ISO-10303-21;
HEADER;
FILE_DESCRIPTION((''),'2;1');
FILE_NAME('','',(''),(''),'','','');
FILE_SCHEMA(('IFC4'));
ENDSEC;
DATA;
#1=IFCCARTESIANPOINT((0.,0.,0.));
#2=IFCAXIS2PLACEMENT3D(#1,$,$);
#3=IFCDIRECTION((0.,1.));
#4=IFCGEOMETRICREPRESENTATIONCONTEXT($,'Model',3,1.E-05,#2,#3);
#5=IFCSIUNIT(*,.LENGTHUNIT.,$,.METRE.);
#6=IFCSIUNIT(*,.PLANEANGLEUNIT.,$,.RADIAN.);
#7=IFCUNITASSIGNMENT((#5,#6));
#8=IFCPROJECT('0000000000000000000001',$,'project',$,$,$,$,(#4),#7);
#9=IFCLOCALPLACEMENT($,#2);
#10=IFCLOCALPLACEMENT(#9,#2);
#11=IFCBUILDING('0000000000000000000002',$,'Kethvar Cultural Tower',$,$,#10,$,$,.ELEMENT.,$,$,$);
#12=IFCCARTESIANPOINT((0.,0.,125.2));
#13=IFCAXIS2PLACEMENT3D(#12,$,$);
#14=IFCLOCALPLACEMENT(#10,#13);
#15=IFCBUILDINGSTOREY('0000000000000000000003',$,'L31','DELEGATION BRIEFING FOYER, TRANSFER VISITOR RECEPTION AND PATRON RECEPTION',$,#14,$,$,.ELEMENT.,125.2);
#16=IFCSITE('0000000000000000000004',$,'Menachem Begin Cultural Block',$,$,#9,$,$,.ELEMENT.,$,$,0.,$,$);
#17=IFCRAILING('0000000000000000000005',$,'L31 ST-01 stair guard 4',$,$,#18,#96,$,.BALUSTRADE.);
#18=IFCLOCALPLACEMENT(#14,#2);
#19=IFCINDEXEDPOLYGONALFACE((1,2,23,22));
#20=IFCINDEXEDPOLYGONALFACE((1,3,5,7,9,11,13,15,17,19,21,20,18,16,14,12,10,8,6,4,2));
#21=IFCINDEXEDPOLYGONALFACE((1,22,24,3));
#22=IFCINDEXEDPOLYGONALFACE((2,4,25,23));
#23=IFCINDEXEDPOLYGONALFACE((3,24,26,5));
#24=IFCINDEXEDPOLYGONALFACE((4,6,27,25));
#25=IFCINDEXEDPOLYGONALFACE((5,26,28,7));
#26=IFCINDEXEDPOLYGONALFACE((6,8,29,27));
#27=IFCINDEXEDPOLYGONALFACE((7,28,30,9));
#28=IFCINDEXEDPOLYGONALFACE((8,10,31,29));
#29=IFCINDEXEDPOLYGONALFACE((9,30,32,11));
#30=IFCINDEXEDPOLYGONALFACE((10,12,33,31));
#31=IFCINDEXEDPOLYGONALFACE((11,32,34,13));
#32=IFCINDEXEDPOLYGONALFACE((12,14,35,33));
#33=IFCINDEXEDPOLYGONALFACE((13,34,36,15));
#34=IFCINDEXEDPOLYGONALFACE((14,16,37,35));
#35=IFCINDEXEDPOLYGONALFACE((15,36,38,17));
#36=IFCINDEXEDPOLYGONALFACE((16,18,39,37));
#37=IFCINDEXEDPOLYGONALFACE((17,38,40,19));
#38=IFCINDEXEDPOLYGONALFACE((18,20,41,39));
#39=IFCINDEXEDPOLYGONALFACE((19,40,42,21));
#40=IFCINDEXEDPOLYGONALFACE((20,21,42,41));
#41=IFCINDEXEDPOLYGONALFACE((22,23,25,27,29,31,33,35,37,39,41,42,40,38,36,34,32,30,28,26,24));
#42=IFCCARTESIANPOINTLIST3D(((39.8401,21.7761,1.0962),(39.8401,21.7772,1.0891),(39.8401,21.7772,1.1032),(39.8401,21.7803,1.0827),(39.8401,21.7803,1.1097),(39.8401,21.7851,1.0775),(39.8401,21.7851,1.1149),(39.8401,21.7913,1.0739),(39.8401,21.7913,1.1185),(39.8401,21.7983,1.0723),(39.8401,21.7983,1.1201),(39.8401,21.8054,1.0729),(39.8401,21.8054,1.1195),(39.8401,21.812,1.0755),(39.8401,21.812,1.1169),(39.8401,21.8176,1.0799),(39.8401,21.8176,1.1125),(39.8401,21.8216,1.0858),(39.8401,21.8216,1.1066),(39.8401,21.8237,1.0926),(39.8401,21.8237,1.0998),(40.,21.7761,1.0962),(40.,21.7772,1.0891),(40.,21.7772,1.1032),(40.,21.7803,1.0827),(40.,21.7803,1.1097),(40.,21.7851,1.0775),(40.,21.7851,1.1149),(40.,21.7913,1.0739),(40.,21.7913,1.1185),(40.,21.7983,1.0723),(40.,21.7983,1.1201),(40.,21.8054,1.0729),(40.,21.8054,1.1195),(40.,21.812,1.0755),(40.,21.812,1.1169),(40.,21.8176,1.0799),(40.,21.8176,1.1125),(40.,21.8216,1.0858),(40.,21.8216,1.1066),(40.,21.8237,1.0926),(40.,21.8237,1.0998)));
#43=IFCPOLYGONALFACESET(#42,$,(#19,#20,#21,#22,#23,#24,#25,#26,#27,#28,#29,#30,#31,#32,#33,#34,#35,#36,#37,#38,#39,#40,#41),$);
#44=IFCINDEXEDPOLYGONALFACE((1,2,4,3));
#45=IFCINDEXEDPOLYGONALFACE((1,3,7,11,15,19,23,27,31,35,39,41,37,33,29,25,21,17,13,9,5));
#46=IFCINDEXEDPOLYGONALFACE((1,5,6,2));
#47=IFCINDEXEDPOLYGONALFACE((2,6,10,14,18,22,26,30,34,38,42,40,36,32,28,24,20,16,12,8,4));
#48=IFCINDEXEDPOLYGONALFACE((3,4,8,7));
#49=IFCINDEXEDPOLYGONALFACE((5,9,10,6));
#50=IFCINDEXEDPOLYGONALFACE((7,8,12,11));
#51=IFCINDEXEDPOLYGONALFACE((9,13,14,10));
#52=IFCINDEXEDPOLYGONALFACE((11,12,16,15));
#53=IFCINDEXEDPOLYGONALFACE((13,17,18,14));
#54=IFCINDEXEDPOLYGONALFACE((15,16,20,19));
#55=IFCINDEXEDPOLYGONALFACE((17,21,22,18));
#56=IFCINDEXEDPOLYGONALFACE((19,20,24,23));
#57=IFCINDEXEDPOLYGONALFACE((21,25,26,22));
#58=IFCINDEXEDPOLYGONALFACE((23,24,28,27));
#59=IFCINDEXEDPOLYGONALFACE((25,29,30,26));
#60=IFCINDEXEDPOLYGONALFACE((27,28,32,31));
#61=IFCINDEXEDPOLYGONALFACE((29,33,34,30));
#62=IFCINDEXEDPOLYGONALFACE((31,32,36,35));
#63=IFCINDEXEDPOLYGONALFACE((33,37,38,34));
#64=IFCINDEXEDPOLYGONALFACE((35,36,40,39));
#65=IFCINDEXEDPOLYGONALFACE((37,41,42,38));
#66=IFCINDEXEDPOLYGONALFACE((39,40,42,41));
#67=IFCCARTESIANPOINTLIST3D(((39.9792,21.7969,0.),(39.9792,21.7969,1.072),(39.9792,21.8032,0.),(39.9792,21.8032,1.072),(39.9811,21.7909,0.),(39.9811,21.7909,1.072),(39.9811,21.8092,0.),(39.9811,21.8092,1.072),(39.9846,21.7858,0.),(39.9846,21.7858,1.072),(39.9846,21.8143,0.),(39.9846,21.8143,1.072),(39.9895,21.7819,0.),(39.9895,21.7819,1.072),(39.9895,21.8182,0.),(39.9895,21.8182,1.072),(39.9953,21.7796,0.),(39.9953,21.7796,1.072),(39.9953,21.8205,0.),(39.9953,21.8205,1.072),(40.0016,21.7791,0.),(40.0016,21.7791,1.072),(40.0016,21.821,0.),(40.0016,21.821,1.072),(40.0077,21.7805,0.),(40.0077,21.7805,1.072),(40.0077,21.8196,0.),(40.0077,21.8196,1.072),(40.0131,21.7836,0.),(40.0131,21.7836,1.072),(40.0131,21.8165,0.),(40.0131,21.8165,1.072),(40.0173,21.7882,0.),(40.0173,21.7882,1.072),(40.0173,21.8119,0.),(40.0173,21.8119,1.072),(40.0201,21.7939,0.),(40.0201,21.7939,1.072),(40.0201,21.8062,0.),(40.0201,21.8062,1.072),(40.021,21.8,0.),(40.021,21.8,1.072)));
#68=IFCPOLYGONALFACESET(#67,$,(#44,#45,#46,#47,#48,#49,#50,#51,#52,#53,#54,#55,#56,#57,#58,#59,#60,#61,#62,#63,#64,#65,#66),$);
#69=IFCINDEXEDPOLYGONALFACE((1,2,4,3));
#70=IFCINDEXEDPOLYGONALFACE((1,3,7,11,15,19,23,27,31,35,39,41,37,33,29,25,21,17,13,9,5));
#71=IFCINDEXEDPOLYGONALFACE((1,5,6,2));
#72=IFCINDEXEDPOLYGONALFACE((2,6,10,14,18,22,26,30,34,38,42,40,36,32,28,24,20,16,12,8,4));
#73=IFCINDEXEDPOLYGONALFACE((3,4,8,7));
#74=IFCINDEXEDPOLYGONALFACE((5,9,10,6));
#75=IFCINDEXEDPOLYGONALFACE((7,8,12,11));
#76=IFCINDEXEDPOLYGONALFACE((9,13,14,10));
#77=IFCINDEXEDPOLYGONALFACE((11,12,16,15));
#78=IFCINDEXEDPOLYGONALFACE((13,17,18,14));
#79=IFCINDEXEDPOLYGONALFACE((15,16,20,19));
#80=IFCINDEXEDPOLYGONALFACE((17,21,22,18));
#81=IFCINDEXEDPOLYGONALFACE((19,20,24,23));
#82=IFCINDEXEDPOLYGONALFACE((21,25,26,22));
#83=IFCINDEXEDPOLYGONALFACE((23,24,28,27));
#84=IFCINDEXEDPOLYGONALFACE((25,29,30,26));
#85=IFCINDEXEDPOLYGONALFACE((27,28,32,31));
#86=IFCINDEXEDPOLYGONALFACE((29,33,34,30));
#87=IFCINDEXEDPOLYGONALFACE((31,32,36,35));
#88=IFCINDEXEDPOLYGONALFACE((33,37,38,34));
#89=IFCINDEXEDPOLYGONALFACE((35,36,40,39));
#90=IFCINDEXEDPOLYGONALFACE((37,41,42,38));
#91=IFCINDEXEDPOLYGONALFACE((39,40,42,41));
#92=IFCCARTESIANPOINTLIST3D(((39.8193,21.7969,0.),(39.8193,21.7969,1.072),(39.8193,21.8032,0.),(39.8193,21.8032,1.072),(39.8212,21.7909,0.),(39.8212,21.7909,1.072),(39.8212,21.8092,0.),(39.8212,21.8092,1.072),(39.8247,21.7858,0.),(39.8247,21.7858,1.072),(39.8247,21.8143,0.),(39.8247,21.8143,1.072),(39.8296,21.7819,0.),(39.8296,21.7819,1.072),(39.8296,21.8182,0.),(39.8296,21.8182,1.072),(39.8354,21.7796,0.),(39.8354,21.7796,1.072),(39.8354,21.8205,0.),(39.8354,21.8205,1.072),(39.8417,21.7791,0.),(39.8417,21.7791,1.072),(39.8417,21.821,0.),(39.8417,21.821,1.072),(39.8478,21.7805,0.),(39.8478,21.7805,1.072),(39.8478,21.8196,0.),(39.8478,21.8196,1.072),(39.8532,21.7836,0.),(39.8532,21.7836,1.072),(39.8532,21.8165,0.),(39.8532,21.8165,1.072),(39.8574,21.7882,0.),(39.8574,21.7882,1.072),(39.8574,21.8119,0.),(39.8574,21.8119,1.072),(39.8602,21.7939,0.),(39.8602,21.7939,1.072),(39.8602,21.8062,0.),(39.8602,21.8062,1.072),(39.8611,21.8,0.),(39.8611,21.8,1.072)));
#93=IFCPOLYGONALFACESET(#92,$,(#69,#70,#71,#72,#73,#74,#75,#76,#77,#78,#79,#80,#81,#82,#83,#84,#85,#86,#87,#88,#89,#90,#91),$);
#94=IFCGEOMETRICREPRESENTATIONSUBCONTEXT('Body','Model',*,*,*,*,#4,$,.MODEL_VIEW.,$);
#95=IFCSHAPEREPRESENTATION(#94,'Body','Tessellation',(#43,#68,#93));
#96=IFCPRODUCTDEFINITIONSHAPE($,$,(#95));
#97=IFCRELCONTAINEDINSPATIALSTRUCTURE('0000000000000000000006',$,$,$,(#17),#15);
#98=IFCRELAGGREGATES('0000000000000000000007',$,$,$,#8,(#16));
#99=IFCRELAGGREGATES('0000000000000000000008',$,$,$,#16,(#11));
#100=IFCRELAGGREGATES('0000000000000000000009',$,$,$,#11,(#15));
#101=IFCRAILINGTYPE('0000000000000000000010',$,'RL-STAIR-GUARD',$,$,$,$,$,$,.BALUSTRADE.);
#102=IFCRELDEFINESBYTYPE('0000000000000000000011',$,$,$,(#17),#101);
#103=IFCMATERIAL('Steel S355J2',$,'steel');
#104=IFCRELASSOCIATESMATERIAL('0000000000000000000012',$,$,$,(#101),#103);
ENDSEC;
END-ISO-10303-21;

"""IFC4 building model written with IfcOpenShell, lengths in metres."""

from ifc_helpers import new_model, si_unit, direction, frame, origin, origin_2d, place, context, subcontext, project, spatial, circle, extrude, material, type_object, element, save


model = new_model("IFC4")

# Units and contexts
model_context = context("Model", 3, precision=1e-05, world=origin(), true_north=direction((0.0, 1.0)))
body_context = subcontext(model_context, "Body", "Model", "MODEL_VIEW")
ifc_project = project(units=[si_unit("LENGTHUNIT", "METRE"), si_unit("PLANEANGLEUNIT", "RADIAN")], contexts=[model_context])

# Site, building, storey
site_placement = place(None, origin())
site = spatial("IfcSite", under=ifc_project, at=site_placement, Name="Menachem Begin Cultural Block", CompositionType="ELEMENT", RefElevation=0.0)
building_placement = place(site_placement, origin())
building = spatial("IfcBuilding", under=site, at=building_placement, Name="Kethvar Cultural Tower", CompositionType="ELEMENT")
storey_placement = place(building_placement, frame((0.0, 0.0, 125.2)))
storey = spatial("IfcBuildingStorey", under=building, at=storey_placement, Name="L31", Description="DELEGATION BRIEFING FOYER, TRANSFER VISITOR RECEPTION AND PATRON RECEPTION", CompositionType="ELEMENT", Elevation=125.2)

# Shared definitions
ifc_material_1 = material(Name="Steel S355J2", Category="steel")

# Railing
railing_type_1 = type_object("IfcRailingType", Name="RL-STAIR-GUARD", PredefinedType="BALUSTRADE", material=ifc_material_1)
railing_1_placement = place(storey_placement, frame((40.0, 21.8, 0.0)))
element("IfcRailing", 1, at=railing_1_placement, inside=storey, type_object=railing_type_1, Name="L31 ST-01 stair guard 4", PredefinedType="BALUSTRADE", context=body_context, shape_type="SweptSolid", body=[
    extrude(circle(Radius=0.0239, at=origin_2d()), frame((0.0, 0.0, 1.0962), z_axis=(-1.0, 0.0, 0.0), x_axis=(0.0, -1.0, 0.0)), (0.0, 0.0, 1.0), 0.1599),
    extrude(circle(Radius=0.021, at=origin_2d()), origin(), (0.0, 0.0, 1.0), 1.072),
    extrude(circle(Radius=0.021, at=origin_2d()), frame((-0.1599, 0.0, 0.0)), (0.0, 0.0, 1.0), 1.072),
])

save(model, "model.ifc")
